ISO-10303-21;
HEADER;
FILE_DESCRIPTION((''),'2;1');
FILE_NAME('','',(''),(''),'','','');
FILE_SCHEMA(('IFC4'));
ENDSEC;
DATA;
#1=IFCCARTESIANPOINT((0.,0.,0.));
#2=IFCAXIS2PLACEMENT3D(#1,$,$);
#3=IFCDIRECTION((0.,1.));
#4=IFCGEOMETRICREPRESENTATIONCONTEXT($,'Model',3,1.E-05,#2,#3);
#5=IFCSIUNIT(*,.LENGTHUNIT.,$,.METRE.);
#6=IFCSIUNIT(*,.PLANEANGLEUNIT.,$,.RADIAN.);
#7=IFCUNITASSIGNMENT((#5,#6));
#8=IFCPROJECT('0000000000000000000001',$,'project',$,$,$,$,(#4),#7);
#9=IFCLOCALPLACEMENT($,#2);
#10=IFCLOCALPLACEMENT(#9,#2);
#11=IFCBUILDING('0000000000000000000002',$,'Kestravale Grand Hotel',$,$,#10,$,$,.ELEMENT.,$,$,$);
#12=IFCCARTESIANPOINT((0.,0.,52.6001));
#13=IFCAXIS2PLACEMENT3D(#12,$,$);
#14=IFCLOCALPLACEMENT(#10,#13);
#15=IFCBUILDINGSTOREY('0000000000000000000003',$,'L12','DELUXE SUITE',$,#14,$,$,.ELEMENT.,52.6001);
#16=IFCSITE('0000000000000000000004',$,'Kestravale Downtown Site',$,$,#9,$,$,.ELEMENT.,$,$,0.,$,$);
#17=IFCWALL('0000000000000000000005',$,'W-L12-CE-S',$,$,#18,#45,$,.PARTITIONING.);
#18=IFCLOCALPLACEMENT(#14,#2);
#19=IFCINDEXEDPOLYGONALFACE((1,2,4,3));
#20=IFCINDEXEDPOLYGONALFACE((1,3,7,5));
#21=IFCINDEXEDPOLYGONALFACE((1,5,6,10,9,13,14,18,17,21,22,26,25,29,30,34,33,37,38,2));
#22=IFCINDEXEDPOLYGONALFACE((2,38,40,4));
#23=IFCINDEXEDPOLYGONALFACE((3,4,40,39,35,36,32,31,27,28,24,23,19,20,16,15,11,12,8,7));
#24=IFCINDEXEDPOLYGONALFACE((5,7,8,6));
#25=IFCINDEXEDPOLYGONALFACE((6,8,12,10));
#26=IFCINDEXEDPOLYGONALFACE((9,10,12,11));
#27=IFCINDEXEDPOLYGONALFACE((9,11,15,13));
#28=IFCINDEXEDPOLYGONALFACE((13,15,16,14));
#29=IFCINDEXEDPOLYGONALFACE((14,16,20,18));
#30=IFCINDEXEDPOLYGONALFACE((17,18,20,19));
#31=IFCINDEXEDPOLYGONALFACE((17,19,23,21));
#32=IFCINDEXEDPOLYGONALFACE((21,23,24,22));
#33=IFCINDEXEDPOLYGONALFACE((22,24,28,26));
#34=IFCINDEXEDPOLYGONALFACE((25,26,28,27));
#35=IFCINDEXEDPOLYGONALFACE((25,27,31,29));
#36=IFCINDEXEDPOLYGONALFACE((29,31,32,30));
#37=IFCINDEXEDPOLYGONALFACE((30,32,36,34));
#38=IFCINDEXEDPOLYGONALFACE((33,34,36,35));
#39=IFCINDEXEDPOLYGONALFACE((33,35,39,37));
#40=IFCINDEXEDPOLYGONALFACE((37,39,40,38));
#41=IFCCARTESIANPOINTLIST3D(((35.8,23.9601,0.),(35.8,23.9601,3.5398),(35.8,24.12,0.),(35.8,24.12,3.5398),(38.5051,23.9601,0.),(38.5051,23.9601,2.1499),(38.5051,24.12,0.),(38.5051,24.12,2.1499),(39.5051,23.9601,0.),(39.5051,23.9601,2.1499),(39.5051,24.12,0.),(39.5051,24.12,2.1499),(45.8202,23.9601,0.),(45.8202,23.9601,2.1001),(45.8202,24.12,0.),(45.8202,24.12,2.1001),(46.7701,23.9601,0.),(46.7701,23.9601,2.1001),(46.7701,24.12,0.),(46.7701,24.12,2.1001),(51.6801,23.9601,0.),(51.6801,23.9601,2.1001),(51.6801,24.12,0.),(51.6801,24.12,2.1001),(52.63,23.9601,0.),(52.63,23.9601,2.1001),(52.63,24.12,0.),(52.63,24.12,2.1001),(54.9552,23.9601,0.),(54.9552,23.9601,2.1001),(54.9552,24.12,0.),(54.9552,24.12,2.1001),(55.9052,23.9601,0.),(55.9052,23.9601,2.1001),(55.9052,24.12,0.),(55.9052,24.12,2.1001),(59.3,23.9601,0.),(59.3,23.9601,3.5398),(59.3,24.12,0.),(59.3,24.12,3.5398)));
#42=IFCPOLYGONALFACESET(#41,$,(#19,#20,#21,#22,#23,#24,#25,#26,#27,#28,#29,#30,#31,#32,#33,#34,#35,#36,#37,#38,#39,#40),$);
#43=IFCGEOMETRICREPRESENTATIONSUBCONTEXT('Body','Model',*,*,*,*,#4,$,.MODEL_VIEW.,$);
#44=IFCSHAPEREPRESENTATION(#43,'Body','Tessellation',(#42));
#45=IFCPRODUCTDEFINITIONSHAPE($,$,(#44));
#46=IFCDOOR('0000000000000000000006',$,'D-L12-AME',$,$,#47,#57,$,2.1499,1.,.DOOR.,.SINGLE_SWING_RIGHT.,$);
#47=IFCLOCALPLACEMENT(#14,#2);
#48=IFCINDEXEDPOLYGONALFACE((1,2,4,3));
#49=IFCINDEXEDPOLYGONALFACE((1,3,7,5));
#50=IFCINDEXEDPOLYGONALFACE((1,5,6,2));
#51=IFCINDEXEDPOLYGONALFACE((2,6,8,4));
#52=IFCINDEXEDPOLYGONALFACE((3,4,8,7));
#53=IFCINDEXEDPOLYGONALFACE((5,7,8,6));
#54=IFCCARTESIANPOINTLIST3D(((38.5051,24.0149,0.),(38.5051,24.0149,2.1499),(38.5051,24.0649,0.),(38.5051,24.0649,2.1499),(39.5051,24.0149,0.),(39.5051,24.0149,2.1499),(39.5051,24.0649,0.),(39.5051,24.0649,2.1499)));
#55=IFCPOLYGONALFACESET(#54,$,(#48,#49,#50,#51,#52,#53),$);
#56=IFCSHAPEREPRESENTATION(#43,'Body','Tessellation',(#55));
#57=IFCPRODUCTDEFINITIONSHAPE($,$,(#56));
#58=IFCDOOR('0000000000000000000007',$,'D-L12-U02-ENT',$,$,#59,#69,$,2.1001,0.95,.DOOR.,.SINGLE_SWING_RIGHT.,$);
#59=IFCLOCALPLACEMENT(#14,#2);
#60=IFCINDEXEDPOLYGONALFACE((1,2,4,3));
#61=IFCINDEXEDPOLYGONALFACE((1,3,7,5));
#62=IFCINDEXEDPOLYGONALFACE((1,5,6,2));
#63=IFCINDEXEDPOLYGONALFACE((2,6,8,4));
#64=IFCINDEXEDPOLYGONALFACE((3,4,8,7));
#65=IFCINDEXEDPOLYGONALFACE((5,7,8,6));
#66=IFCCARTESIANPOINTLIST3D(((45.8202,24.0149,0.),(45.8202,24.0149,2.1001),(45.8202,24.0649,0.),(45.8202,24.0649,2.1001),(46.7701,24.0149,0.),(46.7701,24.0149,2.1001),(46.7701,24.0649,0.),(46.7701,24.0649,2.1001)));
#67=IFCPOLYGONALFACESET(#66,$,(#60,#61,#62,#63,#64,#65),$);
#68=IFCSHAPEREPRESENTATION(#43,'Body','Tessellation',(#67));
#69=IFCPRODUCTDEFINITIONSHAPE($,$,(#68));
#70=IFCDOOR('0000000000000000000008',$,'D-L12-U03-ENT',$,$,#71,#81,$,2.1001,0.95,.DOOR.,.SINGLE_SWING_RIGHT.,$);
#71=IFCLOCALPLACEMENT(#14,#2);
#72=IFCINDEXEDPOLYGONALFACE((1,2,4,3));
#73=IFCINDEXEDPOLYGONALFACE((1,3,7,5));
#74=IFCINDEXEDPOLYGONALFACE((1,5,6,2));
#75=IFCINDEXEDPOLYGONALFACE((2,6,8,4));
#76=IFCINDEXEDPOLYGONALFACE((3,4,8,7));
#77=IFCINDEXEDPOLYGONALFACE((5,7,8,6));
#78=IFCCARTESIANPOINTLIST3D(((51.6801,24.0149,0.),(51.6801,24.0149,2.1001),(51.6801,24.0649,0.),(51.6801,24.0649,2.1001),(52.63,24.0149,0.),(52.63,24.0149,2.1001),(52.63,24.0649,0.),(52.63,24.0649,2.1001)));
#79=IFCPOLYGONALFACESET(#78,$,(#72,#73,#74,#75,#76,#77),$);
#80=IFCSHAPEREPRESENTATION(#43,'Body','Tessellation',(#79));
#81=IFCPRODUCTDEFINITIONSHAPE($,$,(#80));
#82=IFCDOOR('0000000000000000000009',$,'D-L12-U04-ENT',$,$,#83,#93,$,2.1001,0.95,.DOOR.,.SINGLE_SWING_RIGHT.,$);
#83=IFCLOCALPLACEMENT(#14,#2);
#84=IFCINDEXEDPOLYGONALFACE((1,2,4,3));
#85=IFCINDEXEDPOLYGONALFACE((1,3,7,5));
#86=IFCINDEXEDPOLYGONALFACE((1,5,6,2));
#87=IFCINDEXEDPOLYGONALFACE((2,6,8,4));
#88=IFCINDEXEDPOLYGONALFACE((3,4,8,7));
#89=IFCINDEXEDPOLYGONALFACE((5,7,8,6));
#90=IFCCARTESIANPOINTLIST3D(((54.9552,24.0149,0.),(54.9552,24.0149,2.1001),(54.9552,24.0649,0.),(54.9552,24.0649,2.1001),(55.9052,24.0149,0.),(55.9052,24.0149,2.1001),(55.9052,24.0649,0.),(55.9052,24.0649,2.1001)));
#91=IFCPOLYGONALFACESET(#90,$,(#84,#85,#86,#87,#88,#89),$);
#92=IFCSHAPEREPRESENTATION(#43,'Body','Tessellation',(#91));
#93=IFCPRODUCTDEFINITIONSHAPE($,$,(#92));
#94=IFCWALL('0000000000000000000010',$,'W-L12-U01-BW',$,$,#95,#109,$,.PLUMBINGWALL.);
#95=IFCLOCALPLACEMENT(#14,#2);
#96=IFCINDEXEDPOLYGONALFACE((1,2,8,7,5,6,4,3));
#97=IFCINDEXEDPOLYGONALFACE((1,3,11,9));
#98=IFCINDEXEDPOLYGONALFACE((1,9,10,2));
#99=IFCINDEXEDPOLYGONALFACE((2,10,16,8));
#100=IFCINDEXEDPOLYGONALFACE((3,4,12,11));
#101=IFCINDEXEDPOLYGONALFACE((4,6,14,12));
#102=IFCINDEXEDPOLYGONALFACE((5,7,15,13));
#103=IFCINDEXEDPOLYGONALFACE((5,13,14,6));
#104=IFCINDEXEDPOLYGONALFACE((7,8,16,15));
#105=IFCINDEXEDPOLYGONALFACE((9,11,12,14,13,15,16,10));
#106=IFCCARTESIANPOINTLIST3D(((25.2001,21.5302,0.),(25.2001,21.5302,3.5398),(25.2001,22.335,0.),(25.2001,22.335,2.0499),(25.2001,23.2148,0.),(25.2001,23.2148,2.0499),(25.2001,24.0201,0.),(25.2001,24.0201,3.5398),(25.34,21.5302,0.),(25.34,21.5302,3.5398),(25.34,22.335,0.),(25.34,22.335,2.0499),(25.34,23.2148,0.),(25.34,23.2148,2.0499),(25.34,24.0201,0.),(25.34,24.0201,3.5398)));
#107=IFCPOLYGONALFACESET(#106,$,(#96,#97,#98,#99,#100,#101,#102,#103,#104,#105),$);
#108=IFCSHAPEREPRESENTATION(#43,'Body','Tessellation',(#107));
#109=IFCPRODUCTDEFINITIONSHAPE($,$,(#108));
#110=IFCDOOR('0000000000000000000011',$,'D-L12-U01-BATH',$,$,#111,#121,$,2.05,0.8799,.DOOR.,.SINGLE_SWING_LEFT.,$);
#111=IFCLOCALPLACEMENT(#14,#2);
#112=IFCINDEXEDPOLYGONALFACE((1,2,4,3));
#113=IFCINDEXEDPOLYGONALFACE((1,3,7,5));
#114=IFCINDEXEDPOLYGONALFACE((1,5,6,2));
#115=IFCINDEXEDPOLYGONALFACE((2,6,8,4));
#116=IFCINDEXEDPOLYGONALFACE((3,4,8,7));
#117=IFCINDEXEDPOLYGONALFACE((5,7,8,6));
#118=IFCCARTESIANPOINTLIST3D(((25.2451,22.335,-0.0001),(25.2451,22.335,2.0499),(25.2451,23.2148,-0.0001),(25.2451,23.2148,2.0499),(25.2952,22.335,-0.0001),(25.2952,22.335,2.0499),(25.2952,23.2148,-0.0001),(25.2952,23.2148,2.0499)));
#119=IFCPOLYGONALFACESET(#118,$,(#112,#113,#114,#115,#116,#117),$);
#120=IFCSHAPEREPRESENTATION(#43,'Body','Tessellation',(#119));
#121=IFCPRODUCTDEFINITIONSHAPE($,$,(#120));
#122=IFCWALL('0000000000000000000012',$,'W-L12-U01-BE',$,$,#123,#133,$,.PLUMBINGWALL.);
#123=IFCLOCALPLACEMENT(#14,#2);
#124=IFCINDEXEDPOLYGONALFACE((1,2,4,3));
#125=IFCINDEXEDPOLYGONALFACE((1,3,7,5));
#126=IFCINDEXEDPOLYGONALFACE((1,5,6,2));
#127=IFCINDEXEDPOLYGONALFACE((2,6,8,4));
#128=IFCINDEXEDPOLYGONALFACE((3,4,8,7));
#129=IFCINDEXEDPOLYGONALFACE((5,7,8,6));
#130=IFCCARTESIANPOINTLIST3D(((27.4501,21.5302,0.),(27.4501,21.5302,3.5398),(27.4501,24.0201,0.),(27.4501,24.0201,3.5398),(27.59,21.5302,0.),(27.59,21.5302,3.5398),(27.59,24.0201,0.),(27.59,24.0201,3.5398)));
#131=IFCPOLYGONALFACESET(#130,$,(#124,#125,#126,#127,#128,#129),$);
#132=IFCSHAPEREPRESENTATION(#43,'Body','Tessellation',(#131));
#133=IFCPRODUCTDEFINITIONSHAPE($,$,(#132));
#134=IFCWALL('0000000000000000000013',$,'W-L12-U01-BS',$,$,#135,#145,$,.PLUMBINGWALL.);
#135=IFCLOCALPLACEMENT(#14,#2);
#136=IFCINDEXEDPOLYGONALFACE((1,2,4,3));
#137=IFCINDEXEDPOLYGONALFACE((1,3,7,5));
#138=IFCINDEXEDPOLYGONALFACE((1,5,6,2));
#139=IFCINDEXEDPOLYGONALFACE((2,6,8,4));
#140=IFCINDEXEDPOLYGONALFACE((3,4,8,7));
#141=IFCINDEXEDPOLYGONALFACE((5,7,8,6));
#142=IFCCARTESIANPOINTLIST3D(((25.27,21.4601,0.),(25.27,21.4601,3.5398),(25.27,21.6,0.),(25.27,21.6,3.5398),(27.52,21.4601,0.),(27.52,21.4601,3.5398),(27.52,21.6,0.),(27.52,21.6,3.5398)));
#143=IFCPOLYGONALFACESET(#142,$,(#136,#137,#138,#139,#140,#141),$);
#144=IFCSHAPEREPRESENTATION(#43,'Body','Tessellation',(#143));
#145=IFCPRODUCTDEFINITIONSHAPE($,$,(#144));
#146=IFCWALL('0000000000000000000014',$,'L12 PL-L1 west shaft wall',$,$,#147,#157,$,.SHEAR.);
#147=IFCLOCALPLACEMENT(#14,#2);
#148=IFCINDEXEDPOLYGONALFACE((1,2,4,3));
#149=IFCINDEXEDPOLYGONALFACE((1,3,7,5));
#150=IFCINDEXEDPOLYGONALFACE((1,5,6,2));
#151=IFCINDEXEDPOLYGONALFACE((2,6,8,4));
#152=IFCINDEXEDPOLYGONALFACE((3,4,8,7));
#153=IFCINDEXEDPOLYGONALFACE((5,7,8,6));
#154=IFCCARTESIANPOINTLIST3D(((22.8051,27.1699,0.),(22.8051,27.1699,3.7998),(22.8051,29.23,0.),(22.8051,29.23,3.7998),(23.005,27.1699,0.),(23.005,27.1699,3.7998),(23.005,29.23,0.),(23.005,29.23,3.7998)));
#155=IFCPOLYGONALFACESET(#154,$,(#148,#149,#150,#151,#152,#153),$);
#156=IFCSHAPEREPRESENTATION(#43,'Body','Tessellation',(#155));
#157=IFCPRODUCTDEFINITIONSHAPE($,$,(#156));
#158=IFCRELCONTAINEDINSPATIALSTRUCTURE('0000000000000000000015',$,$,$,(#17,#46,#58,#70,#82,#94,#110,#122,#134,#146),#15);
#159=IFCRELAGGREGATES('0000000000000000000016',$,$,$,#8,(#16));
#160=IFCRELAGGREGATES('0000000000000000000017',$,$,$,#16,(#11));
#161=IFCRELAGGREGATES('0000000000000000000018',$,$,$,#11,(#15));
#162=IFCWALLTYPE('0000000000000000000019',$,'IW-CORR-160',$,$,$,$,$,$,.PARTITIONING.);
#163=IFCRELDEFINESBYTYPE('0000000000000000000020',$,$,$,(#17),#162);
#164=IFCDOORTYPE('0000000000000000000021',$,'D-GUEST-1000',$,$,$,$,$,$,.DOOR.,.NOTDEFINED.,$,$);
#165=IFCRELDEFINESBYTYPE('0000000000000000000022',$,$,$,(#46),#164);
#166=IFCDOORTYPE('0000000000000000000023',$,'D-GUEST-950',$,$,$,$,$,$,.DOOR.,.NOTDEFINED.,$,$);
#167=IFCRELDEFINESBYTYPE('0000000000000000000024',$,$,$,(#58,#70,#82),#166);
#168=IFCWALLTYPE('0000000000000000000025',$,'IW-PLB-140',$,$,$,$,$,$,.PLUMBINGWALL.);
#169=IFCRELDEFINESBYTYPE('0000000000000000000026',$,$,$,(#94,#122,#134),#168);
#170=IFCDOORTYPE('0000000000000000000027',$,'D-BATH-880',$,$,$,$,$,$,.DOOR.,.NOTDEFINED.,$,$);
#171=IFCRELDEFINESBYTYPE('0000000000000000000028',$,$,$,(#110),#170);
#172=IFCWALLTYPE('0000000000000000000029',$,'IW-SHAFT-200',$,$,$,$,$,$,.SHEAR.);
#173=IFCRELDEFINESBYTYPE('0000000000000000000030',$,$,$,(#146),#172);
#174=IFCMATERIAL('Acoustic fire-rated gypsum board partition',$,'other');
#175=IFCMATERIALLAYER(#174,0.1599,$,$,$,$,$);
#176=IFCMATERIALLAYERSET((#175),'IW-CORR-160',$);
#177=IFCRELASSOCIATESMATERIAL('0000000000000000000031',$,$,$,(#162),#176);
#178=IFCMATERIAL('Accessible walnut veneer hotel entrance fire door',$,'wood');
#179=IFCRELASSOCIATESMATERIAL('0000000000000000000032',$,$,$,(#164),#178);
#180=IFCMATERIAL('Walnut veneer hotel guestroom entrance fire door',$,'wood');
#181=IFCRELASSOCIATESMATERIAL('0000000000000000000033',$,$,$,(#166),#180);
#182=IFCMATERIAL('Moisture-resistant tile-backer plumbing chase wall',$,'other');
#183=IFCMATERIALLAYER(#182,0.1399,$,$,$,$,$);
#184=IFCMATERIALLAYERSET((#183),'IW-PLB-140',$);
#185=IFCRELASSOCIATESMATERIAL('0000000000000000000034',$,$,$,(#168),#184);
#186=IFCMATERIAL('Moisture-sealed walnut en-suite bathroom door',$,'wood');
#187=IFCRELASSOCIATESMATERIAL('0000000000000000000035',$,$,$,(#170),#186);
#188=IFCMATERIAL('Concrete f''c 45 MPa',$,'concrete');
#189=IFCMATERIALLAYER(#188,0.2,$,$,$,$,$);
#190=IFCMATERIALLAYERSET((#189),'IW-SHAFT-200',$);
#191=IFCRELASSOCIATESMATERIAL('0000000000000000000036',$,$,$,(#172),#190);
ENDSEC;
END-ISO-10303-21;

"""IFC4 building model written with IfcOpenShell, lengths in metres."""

from ifc_helpers import new_model, si_unit, direction, frame, frame_2d, origin, place, context, subcontext, project, spatial, rectangle, extrude, material, layer, layer_set, type_object, element, fill, save


model = new_model("IFC4")

# Units and contexts
model_context = context("Model", 3, precision=1e-05, world=origin(), true_north=direction((0.0, 1.0)))
body_context = subcontext(model_context, "Body", "Model", "MODEL_VIEW")
ifc_project = project(units=[si_unit("LENGTHUNIT", "METRE"), si_unit("PLANEANGLEUNIT", "RADIAN")], contexts=[model_context])

# Site, building, storey
site_placement = place(None, origin())
site = spatial("IfcSite", under=ifc_project, at=site_placement, Name="Kestravale Downtown Site", CompositionType="ELEMENT", RefElevation=0.0)
building_placement = place(site_placement, origin())
building = spatial("IfcBuilding", under=site, at=building_placement, Name="Kestravale Grand Hotel", CompositionType="ELEMENT")
storey_placement = place(building_placement, frame((0.0, 0.0, 52.6001)))
storey = spatial("IfcBuildingStorey", under=building, at=storey_placement, Name="L12", Description="DELUXE SUITE", CompositionType="ELEMENT", Elevation=52.6001)

# Shared definitions
ifc_material_1 = material(Name="Acoustic fire-rated gypsum board partition", Category="other")
ifc_layer_1 = layer(ifc_material_1, 0.1599)
ifc_layer_set_1 = layer_set([ifc_layer_1], Name="IW-CORR-160")
wall_type_1 = type_object("IfcWallType", Name="IW-CORR-160", PredefinedType="PARTITIONING", material=ifc_layer_set_1)

# Wall, openings, doors
wall_1_placement = place(storey_placement, frame((35.8, 24.04, 0.0), z_axis=(0.0, 0.0, 1.0), x_axis=(1.0, 0.0, 0.0)))
wall_1 = element("IfcWall", 1, at=wall_1_placement, inside=storey, type_object=wall_type_1, Name="W-L12-CE-S", PredefinedType="PARTITIONING", context=body_context, shape_type="SweptSolid", body=[
    extrude(rectangle(XDim=23.5, YDim=0.1599, at=frame_2d((11.75, 0.0))), origin(), (0.0, 0.0, 1.0), 3.5398),
])
opening_1_placement = place(wall_1_placement, frame((2.7051, 0.0, 0.0)))
opening_1 = element("IfcOpeningElement", 2, at=opening_1_placement, cuts=wall_1, PredefinedType="OPENING", context=body_context, shape_type="SweptSolid", body=[
    extrude(rectangle(XDim=1.0, YDim=2.1499, at=frame_2d((0.5, 1.075))), frame((0.0, 0.0898, 0.0), z_axis=(0.0, -1.0, 0.0), x_axis=(1.0, 0.0, 0.0)), (0.0, 0.0, 1.0), 0.1799),
])
opening_2_placement = place(wall_1_placement, frame((10.02, 0.0, 0.0)))
opening_2 = element("IfcOpeningElement", 3, at=opening_2_placement, cuts=wall_1, PredefinedType="OPENING", context=body_context, shape_type="SweptSolid", body=[
    extrude(rectangle(XDim=0.95, YDim=2.1001, at=frame_2d((0.4751, 1.05))), frame((0.0, 0.0898, 0.0), z_axis=(0.0, -1.0, 0.0), x_axis=(1.0, 0.0, 0.0)), (0.0, 0.0, 1.0), 0.1799),
])
opening_3_placement = place(wall_1_placement, frame((15.8799, 0.0, 0.0)))
opening_3 = element("IfcOpeningElement", 4, at=opening_3_placement, cuts=wall_1, PredefinedType="OPENING", context=body_context, shape_type="SweptSolid", body=[
    extrude(rectangle(XDim=0.95, YDim=2.1001, at=frame_2d((0.4751, 1.05))), frame((0.0, 0.0898, 0.0), z_axis=(0.0, -1.0, 0.0), x_axis=(1.0, 0.0, 0.0)), (0.0, 0.0, 1.0), 0.1799),
])
opening_4_placement = place(wall_1_placement, frame((19.155, 0.0, 0.0)))
opening_4 = element("IfcOpeningElement", 5, at=opening_4_placement, cuts=wall_1, PredefinedType="OPENING", context=body_context, shape_type="SweptSolid", body=[
    extrude(rectangle(XDim=0.95, YDim=2.1001, at=frame_2d((0.4751, 1.05))), frame((0.0, 0.0898, 0.0), z_axis=(0.0, -1.0, 0.0), x_axis=(1.0, 0.0, 0.0)), (0.0, 0.0, 1.0), 0.1799),
])
ifc_material_2 = material(Name="Accessible walnut veneer hotel entrance fire door", Category="wood")
door_type_1 = type_object("IfcDoorType", Name="D-GUEST-1000", OperationType="NOTDEFINED", PredefinedType="DOOR", material=ifc_material_2)
door_1_placement = place(opening_1_placement, origin())
door_1 = element("IfcDoor", 6, at=door_1_placement, inside=storey, type_object=door_type_1, Name="D-L12-AME", OperationType="SINGLE_SWING_RIGHT", OverallHeight=2.1499, OverallWidth=1.0, PredefinedType="DOOR", context=body_context, shape_type="SweptSolid", body=[
    extrude(rectangle(XDim=1.0, YDim=2.1499, at=frame_2d((0.5, 1.075))), frame((0.0, 0.0249, 0.0), z_axis=(0.0, -1.0, 0.0), x_axis=(1.0, 0.0, 0.0)), (0.0, 0.0, 1.0), 0.05),
])
fill(opening_1, door_1)
ifc_material_3 = material(Name="Walnut veneer hotel guestroom entrance fire door", Category="wood")
door_type_2 = type_object("IfcDoorType", Name="D-GUEST-950", OperationType="NOTDEFINED", PredefinedType="DOOR", material=ifc_material_3)
door_2_placement = place(opening_2_placement, origin())
door_2 = element("IfcDoor", 7, at=door_2_placement, inside=storey, type_object=door_type_2, Name="D-L12-U02-ENT", OperationType="SINGLE_SWING_RIGHT", OverallHeight=2.1001, OverallWidth=0.95, PredefinedType="DOOR", context=body_context, shape_type="SweptSolid", body=[
    extrude(rectangle(XDim=0.95, YDim=2.1001, at=frame_2d((0.4751, 1.05))), frame((0.0, 0.0249, 0.0), z_axis=(0.0, -1.0, 0.0), x_axis=(1.0, 0.0, 0.0)), (0.0, 0.0, 1.0), 0.05),
])
fill(opening_2, door_2)
door_3_placement = place(opening_3_placement, origin())
door_3 = element("IfcDoor", 8, at=door_3_placement, inside=storey, type_object=door_type_2, Name="D-L12-U03-ENT", OperationType="SINGLE_SWING_RIGHT", OverallHeight=2.1001, OverallWidth=0.95, PredefinedType="DOOR", context=body_context, shape_type="SweptSolid", body=[
    extrude(rectangle(XDim=0.95, YDim=2.1001, at=frame_2d((0.4751, 1.05))), frame((0.0, 0.0249, 0.0), z_axis=(0.0, -1.0, 0.0), x_axis=(1.0, 0.0, 0.0)), (0.0, 0.0, 1.0), 0.05),
])
fill(opening_3, door_3)
door_4_placement = place(opening_4_placement, origin())
door_4 = element("IfcDoor", 9, at=door_4_placement, inside=storey, type_object=door_type_2, Name="D-L12-U04-ENT", OperationType="SINGLE_SWING_RIGHT", OverallHeight=2.1001, OverallWidth=0.95, PredefinedType="DOOR", context=body_context, shape_type="SweptSolid", body=[
    extrude(rectangle(XDim=0.95, YDim=2.1001, at=frame_2d((0.4751, 1.05))), frame((0.0, 0.0249, 0.0), z_axis=(0.0, -1.0, 0.0), x_axis=(1.0, 0.0, 0.0)), (0.0, 0.0, 1.0), 0.05),
])
fill(opening_4, door_4)

# Wall, opening, door
ifc_material_4 = material(Name="Moisture-resistant tile-backer plumbing chase wall", Category="other")
ifc_layer_2 = layer(ifc_material_4, 0.1399)
ifc_layer_set_2 = layer_set([ifc_layer_2], Name="IW-PLB-140")
wall_type_2 = type_object("IfcWallType", Name="IW-PLB-140", PredefinedType="PLUMBINGWALL", material=ifc_layer_set_2)
wall_2_placement = place(storey_placement, frame((25.27, 21.53, 0.0), z_axis=(0.0, 0.0, 1.0), x_axis=(0.0, 1.0, 0.0)))
wall_2 = element("IfcWall", 10, at=wall_2_placement, inside=storey, type_object=wall_type_2, Name="W-L12-U01-BW", PredefinedType="PLUMBINGWALL", context=body_context, shape_type="SweptSolid", body=[
    extrude(rectangle(XDim=2.49, YDim=0.1399, at=frame_2d((1.2451, 0.0))), origin(), (0.0, 0.0, 1.0), 3.5398),
])
opening_5_placement = place(wall_2_placement, frame((0.8049, 0.0, 0.0)))
opening_5 = element("IfcOpeningElement", 11, at=opening_5_placement, cuts=wall_2, PredefinedType="OPENING", context=body_context, shape_type="SweptSolid", body=[
    extrude(rectangle(XDim=0.8799, YDim=2.05, at=frame_2d((0.4399, 1.0249))), frame((0.0, 0.0798, 0.0), z_axis=(0.0, -1.0, 0.0), x_axis=(1.0, 0.0, 0.0)), (0.0, 0.0, 1.0), 0.1599),
])
ifc_material_5 = material(Name="Moisture-sealed walnut en-suite bathroom door", Category="wood")
door_type_3 = type_object("IfcDoorType", Name="D-BATH-880", OperationType="NOTDEFINED", PredefinedType="DOOR", material=ifc_material_5)
door_5_placement = place(opening_5_placement, origin())
door_5 = element("IfcDoor", 12, at=door_5_placement, inside=storey, type_object=door_type_3, Name="D-L12-U01-BATH", OperationType="SINGLE_SWING_LEFT", OverallHeight=2.05, OverallWidth=0.8799, PredefinedType="DOOR", context=body_context, shape_type="SweptSolid", body=[
    extrude(rectangle(XDim=0.8799, YDim=2.05, at=frame_2d((0.4399, 1.0249))), frame((0.0, 0.0249, 0.0), z_axis=(0.0, -1.0, 0.0), x_axis=(1.0, 0.0, 0.0)), (0.0, 0.0, 1.0), 0.05),
])
fill(opening_5, door_5)

# Walls
wall_3_placement = place(storey_placement, frame((27.52, 21.53, 0.0), z_axis=(0.0, 0.0, 1.0), x_axis=(0.0, 1.0, 0.0)))
element("IfcWall", 13, at=wall_3_placement, inside=storey, type_object=wall_type_2, Name="W-L12-U01-BE", PredefinedType="PLUMBINGWALL", context=body_context, shape_type="SweptSolid", body=[
    extrude(rectangle(XDim=2.49, YDim=0.1399, at=frame_2d((1.2451, 0.0))), origin(), (0.0, 0.0, 1.0), 3.5398),
])
wall_4_placement = place(storey_placement, frame((25.27, 21.53, 0.0), z_axis=(0.0, 0.0, 1.0), x_axis=(1.0, 0.0, 0.0)))
element("IfcWall", 14, at=wall_4_placement, inside=storey, type_object=wall_type_2, Name="W-L12-U01-BS", PredefinedType="PLUMBINGWALL", context=body_context, shape_type="SweptSolid", body=[
    extrude(rectangle(XDim=2.25, YDim=0.1399, at=frame_2d((1.125, 0.0))), origin(), (0.0, 0.0, 1.0), 3.5398),
])
ifc_material_6 = material(Name="Concrete f'c 45 MPa", Category="concrete")
ifc_layer_3 = layer(ifc_material_6, 0.2)
ifc_layer_set_3 = layer_set([ifc_layer_3], Name="IW-SHAFT-200")
wall_type_3 = type_object("IfcWallType", Name="IW-SHAFT-200", PredefinedType="SHEAR", material=ifc_layer_set_3)
wall_5_placement = place(storey_placement, frame((22.905, 27.1699, 0.0), z_axis=(0.0, 0.0, 1.0), x_axis=(0.0, 1.0, 0.0)))
element("IfcWall", 15, at=wall_5_placement, inside=storey, type_object=wall_type_3, Name="L12 PL-L1 west shaft wall", PredefinedType="SHEAR", context=body_context, shape_type="SweptSolid", body=[
    extrude(rectangle(XDim=2.0601, YDim=0.2, at=frame_2d((1.03, 0.0))), origin(), (0.0, 0.0, 1.0), 3.7998),
])

save(model, "model.ifc")
